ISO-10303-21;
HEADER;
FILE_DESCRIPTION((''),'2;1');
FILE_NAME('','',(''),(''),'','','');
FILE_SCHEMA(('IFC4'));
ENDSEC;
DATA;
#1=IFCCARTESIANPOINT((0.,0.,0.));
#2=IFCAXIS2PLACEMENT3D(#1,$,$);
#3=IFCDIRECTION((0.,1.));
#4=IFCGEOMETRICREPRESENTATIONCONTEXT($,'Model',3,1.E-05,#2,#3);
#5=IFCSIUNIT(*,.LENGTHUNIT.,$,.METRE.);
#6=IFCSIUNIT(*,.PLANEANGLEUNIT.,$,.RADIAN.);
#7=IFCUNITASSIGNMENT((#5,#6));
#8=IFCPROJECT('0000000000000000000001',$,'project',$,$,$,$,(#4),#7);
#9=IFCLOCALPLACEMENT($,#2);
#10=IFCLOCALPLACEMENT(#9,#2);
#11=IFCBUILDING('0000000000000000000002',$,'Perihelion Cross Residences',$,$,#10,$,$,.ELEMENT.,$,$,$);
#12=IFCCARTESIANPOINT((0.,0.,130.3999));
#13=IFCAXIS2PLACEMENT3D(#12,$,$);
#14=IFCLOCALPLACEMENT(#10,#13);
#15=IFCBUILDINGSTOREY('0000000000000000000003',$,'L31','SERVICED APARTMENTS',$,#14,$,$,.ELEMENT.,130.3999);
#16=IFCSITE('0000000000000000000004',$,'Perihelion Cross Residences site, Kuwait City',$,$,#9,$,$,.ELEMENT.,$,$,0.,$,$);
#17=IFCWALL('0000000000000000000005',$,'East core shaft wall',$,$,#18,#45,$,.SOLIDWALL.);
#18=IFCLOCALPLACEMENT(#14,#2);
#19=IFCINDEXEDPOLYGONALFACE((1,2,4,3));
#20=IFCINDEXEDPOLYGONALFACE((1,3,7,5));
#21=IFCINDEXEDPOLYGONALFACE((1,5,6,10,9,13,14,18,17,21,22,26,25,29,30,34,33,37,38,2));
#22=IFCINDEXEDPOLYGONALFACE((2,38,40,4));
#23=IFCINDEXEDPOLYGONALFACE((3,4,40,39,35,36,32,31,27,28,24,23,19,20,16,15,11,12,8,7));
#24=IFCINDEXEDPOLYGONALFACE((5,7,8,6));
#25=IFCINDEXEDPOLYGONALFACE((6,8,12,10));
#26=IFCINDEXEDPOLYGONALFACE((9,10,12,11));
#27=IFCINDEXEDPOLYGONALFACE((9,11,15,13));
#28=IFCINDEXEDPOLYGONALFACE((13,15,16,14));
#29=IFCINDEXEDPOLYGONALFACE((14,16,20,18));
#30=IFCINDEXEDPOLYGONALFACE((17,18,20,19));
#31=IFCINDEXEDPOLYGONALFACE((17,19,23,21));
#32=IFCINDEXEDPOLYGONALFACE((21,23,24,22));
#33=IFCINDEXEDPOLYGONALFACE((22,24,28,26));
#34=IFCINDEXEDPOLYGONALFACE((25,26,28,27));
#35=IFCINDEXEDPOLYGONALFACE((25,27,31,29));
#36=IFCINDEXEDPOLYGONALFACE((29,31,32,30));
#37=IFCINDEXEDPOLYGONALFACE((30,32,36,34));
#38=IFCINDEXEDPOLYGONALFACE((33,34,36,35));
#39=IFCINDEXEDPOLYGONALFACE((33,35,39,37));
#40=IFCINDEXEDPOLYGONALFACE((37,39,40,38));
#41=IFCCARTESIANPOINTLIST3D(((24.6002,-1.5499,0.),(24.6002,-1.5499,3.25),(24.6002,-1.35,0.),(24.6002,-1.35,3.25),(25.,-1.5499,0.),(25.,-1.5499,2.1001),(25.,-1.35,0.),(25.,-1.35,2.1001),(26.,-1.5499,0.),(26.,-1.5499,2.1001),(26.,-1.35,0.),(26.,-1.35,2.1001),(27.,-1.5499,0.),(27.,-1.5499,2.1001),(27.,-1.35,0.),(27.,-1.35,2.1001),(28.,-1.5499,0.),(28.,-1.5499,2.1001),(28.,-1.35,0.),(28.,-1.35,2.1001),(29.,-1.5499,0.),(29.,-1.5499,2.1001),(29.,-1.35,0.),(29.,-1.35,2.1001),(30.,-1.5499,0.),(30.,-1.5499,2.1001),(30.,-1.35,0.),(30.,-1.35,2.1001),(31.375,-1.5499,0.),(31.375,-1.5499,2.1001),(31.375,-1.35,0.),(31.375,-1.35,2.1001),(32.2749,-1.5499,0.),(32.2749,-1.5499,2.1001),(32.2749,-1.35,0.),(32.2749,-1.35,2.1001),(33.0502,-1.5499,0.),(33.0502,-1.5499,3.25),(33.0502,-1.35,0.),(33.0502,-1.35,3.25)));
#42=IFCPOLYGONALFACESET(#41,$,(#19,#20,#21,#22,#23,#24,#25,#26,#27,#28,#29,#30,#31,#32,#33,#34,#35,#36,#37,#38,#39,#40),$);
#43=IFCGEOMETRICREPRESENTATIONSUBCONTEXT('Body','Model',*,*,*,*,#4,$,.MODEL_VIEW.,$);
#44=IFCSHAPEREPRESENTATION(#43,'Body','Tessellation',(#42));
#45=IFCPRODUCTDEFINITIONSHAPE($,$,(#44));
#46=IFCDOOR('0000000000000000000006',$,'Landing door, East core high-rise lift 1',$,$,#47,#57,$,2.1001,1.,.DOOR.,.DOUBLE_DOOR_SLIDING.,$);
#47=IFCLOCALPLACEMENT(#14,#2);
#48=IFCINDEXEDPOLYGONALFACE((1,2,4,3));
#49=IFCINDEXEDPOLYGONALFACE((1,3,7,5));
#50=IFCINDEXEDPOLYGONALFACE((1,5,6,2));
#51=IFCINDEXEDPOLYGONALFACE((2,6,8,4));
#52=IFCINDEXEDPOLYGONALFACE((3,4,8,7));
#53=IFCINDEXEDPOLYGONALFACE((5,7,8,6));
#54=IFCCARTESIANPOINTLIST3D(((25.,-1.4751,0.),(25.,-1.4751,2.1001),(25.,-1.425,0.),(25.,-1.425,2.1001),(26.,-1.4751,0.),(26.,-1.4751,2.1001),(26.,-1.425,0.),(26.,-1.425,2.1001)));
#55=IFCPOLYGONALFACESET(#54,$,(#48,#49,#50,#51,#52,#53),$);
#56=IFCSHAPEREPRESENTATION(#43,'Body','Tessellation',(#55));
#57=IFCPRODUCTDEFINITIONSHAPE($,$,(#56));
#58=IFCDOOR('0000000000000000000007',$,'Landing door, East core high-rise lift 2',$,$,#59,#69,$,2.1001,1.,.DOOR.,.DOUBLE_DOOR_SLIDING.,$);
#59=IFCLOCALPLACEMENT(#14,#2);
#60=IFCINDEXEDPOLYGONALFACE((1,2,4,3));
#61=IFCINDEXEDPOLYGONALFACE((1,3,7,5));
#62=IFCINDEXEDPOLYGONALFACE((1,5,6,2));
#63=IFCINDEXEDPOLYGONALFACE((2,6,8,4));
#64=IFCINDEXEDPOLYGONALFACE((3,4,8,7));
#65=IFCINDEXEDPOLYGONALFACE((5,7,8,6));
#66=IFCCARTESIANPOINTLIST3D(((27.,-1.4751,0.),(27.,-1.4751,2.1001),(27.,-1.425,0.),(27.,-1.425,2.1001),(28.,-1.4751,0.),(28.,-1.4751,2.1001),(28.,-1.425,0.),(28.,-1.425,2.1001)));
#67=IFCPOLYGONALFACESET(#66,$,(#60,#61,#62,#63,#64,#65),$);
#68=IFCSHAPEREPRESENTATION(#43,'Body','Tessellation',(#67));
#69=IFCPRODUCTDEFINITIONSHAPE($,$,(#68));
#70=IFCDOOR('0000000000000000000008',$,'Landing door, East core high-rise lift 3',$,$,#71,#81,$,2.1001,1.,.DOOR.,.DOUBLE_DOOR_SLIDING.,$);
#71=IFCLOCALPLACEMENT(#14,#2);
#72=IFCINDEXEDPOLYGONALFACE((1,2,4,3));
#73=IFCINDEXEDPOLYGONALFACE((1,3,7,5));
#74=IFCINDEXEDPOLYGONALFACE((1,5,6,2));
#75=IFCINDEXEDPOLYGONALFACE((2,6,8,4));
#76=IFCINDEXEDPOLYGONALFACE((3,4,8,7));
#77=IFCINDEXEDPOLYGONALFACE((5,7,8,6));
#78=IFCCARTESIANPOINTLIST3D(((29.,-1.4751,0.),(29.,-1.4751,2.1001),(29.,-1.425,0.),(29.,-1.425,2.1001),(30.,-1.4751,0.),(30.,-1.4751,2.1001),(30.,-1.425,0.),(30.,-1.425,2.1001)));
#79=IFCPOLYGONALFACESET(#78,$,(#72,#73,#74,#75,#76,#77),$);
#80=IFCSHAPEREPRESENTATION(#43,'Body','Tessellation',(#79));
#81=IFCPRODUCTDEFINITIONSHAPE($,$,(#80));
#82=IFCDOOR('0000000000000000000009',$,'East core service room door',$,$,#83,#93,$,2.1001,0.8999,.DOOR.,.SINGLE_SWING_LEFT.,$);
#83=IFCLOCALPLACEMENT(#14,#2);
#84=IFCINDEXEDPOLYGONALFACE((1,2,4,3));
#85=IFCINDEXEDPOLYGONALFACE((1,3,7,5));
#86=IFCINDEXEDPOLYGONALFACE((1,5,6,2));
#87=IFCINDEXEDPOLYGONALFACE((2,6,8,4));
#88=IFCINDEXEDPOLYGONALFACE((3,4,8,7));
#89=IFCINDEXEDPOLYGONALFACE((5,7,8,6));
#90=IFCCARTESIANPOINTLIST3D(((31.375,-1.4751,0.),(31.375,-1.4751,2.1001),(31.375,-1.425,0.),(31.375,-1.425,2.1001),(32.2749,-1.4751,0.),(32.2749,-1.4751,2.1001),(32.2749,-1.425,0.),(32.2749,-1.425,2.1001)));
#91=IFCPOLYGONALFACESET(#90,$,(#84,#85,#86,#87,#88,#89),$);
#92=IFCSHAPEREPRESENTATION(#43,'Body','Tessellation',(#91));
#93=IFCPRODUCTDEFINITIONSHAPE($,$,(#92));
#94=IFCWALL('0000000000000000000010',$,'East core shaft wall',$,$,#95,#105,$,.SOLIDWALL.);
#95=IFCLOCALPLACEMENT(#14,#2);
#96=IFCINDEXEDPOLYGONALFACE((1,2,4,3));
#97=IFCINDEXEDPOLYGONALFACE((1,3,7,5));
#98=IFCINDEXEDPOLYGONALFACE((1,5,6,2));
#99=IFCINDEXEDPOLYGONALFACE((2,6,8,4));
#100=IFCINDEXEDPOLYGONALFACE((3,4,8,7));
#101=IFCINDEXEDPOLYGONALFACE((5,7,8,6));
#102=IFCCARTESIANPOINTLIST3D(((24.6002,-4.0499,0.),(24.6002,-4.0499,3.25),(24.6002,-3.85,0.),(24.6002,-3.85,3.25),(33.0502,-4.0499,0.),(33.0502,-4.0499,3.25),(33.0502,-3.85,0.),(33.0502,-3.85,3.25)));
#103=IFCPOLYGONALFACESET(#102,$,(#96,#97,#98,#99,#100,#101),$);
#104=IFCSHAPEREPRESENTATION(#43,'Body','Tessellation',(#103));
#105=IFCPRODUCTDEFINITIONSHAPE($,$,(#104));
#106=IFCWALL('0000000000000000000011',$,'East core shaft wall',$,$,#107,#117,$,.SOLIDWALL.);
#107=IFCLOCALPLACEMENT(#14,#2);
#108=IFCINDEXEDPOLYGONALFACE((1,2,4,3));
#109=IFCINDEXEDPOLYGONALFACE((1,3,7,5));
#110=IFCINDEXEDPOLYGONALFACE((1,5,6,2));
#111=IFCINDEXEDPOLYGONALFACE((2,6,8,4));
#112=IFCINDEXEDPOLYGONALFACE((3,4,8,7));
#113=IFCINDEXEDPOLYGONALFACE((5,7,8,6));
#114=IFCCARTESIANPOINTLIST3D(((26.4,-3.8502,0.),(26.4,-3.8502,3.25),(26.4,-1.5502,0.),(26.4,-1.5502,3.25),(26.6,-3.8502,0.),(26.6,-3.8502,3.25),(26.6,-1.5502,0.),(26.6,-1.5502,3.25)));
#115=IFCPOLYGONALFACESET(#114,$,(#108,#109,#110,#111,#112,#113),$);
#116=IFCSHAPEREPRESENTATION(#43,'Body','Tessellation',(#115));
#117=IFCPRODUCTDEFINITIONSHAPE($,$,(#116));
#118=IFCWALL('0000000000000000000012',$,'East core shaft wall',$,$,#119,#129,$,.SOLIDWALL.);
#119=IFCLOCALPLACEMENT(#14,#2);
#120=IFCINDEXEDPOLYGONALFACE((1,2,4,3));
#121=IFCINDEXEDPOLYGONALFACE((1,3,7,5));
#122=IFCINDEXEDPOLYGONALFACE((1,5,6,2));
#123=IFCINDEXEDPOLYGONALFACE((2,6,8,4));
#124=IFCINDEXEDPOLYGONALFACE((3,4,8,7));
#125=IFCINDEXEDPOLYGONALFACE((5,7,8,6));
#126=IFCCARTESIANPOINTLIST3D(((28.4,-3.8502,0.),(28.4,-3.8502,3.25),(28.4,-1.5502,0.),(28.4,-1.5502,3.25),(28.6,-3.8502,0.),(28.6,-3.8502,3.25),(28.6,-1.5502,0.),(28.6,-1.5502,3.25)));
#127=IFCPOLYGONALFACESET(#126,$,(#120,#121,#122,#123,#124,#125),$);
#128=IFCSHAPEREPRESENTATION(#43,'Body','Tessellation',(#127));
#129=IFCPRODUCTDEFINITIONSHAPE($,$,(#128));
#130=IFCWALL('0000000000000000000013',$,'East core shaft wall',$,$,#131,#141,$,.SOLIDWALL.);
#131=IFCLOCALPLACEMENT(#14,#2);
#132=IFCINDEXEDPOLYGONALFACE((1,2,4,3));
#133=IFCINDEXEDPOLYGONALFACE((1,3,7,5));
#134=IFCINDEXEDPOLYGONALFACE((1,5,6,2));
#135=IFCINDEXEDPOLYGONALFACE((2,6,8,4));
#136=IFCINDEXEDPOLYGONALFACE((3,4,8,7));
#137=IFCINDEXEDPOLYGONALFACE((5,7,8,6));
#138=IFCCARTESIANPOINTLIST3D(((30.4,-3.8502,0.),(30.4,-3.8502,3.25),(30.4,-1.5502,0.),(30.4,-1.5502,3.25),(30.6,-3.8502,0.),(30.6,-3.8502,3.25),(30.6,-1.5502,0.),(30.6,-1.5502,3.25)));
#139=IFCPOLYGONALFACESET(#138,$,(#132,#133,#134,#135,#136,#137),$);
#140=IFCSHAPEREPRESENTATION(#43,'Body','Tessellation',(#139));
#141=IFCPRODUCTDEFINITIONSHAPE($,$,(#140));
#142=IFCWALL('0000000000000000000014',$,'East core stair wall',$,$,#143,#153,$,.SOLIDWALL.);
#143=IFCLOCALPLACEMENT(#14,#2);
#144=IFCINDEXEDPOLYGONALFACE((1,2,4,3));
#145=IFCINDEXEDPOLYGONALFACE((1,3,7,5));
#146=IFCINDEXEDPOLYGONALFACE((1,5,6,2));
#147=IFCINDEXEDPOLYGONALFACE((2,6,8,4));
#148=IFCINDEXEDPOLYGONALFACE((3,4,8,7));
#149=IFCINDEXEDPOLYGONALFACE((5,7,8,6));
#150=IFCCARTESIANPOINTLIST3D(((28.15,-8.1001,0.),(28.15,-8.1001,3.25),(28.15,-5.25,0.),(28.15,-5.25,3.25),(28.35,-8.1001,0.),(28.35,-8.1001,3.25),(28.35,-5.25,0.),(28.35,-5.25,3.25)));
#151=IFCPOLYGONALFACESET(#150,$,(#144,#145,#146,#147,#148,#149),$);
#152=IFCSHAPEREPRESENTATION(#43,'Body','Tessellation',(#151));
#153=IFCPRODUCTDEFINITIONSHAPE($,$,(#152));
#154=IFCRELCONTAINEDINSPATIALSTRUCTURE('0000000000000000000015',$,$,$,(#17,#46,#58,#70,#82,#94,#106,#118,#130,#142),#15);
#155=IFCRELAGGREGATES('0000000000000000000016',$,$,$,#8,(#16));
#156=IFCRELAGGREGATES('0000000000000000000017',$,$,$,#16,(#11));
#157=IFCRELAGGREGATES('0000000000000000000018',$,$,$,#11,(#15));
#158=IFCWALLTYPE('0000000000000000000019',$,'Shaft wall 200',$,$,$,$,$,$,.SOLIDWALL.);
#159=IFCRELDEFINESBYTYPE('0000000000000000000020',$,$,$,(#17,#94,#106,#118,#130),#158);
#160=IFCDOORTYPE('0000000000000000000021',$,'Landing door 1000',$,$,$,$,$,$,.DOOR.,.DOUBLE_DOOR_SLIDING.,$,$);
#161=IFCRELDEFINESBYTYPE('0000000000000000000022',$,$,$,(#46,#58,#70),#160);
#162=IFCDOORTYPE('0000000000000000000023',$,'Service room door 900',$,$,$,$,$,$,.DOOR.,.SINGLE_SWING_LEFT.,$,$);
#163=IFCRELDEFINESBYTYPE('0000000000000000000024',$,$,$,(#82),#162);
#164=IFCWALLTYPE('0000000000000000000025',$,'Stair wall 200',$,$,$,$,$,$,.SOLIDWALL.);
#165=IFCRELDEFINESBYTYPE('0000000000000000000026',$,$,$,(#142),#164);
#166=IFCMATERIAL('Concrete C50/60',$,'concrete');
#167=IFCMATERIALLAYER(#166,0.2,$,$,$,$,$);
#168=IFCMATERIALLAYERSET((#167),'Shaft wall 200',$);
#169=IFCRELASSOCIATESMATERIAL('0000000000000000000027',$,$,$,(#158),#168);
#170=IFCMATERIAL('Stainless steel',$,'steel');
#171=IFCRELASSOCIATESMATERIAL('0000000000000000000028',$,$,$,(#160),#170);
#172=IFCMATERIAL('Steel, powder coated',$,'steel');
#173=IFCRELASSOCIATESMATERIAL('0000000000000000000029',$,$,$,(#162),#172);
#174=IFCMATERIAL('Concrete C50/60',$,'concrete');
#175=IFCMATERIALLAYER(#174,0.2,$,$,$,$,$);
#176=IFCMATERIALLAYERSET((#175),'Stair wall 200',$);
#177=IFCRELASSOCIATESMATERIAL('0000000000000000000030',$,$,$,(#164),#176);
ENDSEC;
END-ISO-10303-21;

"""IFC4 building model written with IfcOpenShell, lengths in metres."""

from ifc_helpers import new_model, si_unit, direction, frame, frame_2d, origin, place, context, subcontext, project, spatial, rectangle, extrude, material, layer, layer_set, type_object, element, fill, save


model = new_model("IFC4")

# Units and contexts
model_context = context("Model", 3, precision=1e-05, world=origin(), true_north=direction((0.0, 1.0)))
body_context = subcontext(model_context, "Body", "Model", "MODEL_VIEW")
ifc_project = project(units=[si_unit("LENGTHUNIT", "METRE"), si_unit("PLANEANGLEUNIT", "RADIAN")], contexts=[model_context])

# Site, building, storey
site_placement = place(None, origin())
site = spatial("IfcSite", under=ifc_project, at=site_placement, Name="Perihelion Cross Residences site, Kuwait City", CompositionType="ELEMENT", RefElevation=0.0)
building_placement = place(site_placement, origin())
building = spatial("IfcBuilding", under=site, at=building_placement, Name="Perihelion Cross Residences", CompositionType="ELEMENT")
storey_placement = place(building_placement, frame((0.0, 0.0, 130.3999)))
storey = spatial("IfcBuildingStorey", under=building, at=storey_placement, Name="L31", Description="SERVICED APARTMENTS", CompositionType="ELEMENT", Elevation=130.3999)

# Wall, openings, doors
ifc_material_1 = material(Name="Concrete C50/60", Category="concrete")
ifc_layer_1 = layer(ifc_material_1, 0.2)
ifc_layer_set_1 = layer_set([ifc_layer_1], Name="Shaft wall 200")
wall_type_1 = type_object("IfcWallType", Name="Shaft wall 200", PredefinedType="SOLIDWALL", material=ifc_layer_set_1)
wall_1_placement = place(storey_placement, frame((24.6001, -1.45, 0.0), z_axis=(0.0, 0.0, 1.0), x_axis=(1.0, 0.0, 0.0)))
wall_1 = element("IfcWall", 1, at=wall_1_placement, inside=storey, type_object=wall_type_1, Name="East core shaft wall", PredefinedType="SOLIDWALL", context=body_context, shape_type="SweptSolid", body=[
    extrude(rectangle(XDim=8.45, YDim=0.2, at=frame_2d((4.2251, 0.0))), origin(), (0.0, 0.0, 1.0), 3.25),
])
opening_1_placement = place(wall_1_placement, frame((0.3999, 0.0, 0.0)))
opening_1 = element("IfcOpeningElement", 2, at=opening_1_placement, cuts=wall_1, PredefinedType="OPENING", context=body_context, shape_type="SweptSolid", body=[
    extrude(rectangle(XDim=1.0, YDim=2.1001, at=frame_2d((0.5, 1.05))), frame((0.0, 0.1099, 0.0), z_axis=(0.0, -1.0, 0.0), x_axis=(1.0, 0.0, 0.0)), (0.0, 0.0, 1.0), 0.22),
])
opening_2_placement = place(wall_1_placement, frame((2.3999, 0.0, 0.0)))
opening_2 = element("IfcOpeningElement", 3, at=opening_2_placement, cuts=wall_1, PredefinedType="OPENING", context=body_context, shape_type="SweptSolid", body=[
    extrude(rectangle(XDim=1.0, YDim=2.1001, at=frame_2d((0.5, 1.05))), frame((0.0, 0.1099, 0.0), z_axis=(0.0, -1.0, 0.0), x_axis=(1.0, 0.0, 0.0)), (0.0, 0.0, 1.0), 0.22),
])
opening_3_placement = place(wall_1_placement, frame((4.3999, 0.0, 0.0)))
opening_3 = element("IfcOpeningElement", 4, at=opening_3_placement, cuts=wall_1, PredefinedType="OPENING", context=body_context, shape_type="SweptSolid", body=[
    extrude(rectangle(XDim=1.0, YDim=2.1001, at=frame_2d((0.5, 1.05))), frame((0.0, 0.1099, 0.0), z_axis=(0.0, -1.0, 0.0), x_axis=(1.0, 0.0, 0.0)), (0.0, 0.0, 1.0), 0.22),
])
opening_4_placement = place(wall_1_placement, frame((6.7749, 0.0, 0.0)))
opening_4 = element("IfcOpeningElement", 5, at=opening_4_placement, cuts=wall_1, PredefinedType="OPENING", context=body_context, shape_type="SweptSolid", body=[
    extrude(rectangle(XDim=0.8999, YDim=2.1001, at=frame_2d((0.45, 1.05))), frame((0.0, 0.1099, 0.0), z_axis=(0.0, -1.0, 0.0), x_axis=(1.0, 0.0, 0.0)), (0.0, 0.0, 1.0), 0.22),
])
ifc_material_2 = material(Name="Stainless steel", Category="steel")
door_type_1 = type_object("IfcDoorType", Name="Landing door 1000", OperationType="DOUBLE_DOOR_SLIDING", PredefinedType="DOOR", material=ifc_material_2)
door_1_placement = place(opening_1_placement, origin())
door_1 = element("IfcDoor", 6, at=door_1_placement, inside=storey, type_object=door_type_1, Name="Landing door, East core high-rise lift 1", OperationType="DOUBLE_DOOR_SLIDING", OverallHeight=2.1001, OverallWidth=1.0, PredefinedType="DOOR", context=body_context, shape_type="SweptSolid", body=[
    extrude(rectangle(XDim=1.0, YDim=2.1001, at=frame_2d((0.5, 1.05))), frame((0.0, 0.0249, 0.0), z_axis=(0.0, -1.0, 0.0), x_axis=(1.0, 0.0, 0.0)), (0.0, 0.0, 1.0), 0.05),
])
fill(opening_1, door_1)
door_2_placement = place(opening_2_placement, origin())
door_2 = element("IfcDoor", 7, at=door_2_placement, inside=storey, type_object=door_type_1, Name="Landing door, East core high-rise lift 2", OperationType="DOUBLE_DOOR_SLIDING", OverallHeight=2.1001, OverallWidth=1.0, PredefinedType="DOOR", context=body_context, shape_type="SweptSolid", body=[
    extrude(rectangle(XDim=1.0, YDim=2.1001, at=frame_2d((0.5, 1.05))), frame((0.0, 0.0249, 0.0), z_axis=(0.0, -1.0, 0.0), x_axis=(1.0, 0.0, 0.0)), (0.0, 0.0, 1.0), 0.05),
])
fill(opening_2, door_2)
door_3_placement = place(opening_3_placement, origin())
door_3 = element("IfcDoor", 8, at=door_3_placement, inside=storey, type_object=door_type_1, Name="Landing door, East core high-rise lift 3", OperationType="DOUBLE_DOOR_SLIDING", OverallHeight=2.1001, OverallWidth=1.0, PredefinedType="DOOR", context=body_context, shape_type="SweptSolid", body=[
    extrude(rectangle(XDim=1.0, YDim=2.1001, at=frame_2d((0.5, 1.05))), frame((0.0, 0.0249, 0.0), z_axis=(0.0, -1.0, 0.0), x_axis=(1.0, 0.0, 0.0)), (0.0, 0.0, 1.0), 0.05),
])
fill(opening_3, door_3)
ifc_material_3 = material(Name="Steel, powder coated", Category="steel")
door_type_2 = type_object("IfcDoorType", Name="Service room door 900", OperationType="SINGLE_SWING_LEFT", PredefinedType="DOOR", material=ifc_material_3)
door_4_placement = place(opening_4_placement, origin())
door_4 = element("IfcDoor", 9, at=door_4_placement, inside=storey, type_object=door_type_2, Name="East core service room door", OperationType="SINGLE_SWING_LEFT", OverallHeight=2.1001, OverallWidth=0.8999, PredefinedType="DOOR", context=body_context, shape_type="SweptSolid", body=[
    extrude(rectangle(XDim=0.8999, YDim=2.1001, at=frame_2d((0.45, 1.05))), frame((0.0, 0.0249, 0.0), z_axis=(0.0, -1.0, 0.0), x_axis=(1.0, 0.0, 0.0)), (0.0, 0.0, 1.0), 0.05),
])
fill(opening_4, door_4)

# Walls
wall_2_placement = place(storey_placement, frame((24.6001, -3.95, 0.0), z_axis=(0.0, 0.0, 1.0), x_axis=(1.0, 0.0, 0.0)))
element("IfcWall", 10, at=wall_2_placement, inside=storey, type_object=wall_type_1, Name="East core shaft wall", PredefinedType="SOLIDWALL", context=body_context, shape_type="SweptSolid", body=[
    extrude(rectangle(XDim=8.45, YDim=0.2, at=frame_2d((4.2251, 0.0))), origin(), (0.0, 0.0, 1.0), 3.25),
])
for number, where, z_axis, x_axis, name in (
    (11, (26.5, -3.8501, 0.0), (0.0, 0.0, 1.0), (0.0, 1.0, 0.0), "East core shaft wall"),
    (12, (28.5, -3.8501, 0.0), (0.0, 0.0, 1.0), (0.0, 1.0, 0.0), "East core shaft wall"),
    (13, (30.5, -3.8501, 0.0), (0.0, 0.0, 1.0), (0.0, 1.0, 0.0), "East core shaft wall"),
):
    element("IfcWall", number, at=place(storey_placement, frame(where, z_axis=z_axis, x_axis=x_axis)), inside=storey, type_object=wall_type_1, Name=name, PredefinedType="SOLIDWALL", context=body_context, shape_type="SweptSolid", body=[
        extrude(rectangle(XDim=2.3, YDim=0.2, at=frame_2d((1.1499, 0.0))), origin(), (0.0, 0.0, 1.0), 3.25),
    ])
ifc_material_4 = material(Name="Concrete C50/60", Category="concrete")
ifc_layer_2 = layer(ifc_material_4, 0.2)
ifc_layer_set_2 = layer_set([ifc_layer_2], Name="Stair wall 200")
wall_type_2 = type_object("IfcWallType", Name="Stair wall 200", PredefinedType="SOLIDWALL", material=ifc_layer_set_2)
wall_3_placement = place(storey_placement, frame((28.25, -8.1001, 0.0), z_axis=(0.0, 0.0, 1.0), x_axis=(0.0, 1.0, 0.0)))
element("IfcWall", 14, at=wall_3_placement, inside=storey, type_object=wall_type_2, Name="East core stair wall", PredefinedType="SOLIDWALL", context=body_context, shape_type="SweptSolid", body=[
    extrude(rectangle(XDim=2.8501, YDim=0.2, at=frame_2d((1.425, 0.0))), origin(), (0.0, 0.0, 1.0), 3.25),
])

save(model, "model.ifc")
